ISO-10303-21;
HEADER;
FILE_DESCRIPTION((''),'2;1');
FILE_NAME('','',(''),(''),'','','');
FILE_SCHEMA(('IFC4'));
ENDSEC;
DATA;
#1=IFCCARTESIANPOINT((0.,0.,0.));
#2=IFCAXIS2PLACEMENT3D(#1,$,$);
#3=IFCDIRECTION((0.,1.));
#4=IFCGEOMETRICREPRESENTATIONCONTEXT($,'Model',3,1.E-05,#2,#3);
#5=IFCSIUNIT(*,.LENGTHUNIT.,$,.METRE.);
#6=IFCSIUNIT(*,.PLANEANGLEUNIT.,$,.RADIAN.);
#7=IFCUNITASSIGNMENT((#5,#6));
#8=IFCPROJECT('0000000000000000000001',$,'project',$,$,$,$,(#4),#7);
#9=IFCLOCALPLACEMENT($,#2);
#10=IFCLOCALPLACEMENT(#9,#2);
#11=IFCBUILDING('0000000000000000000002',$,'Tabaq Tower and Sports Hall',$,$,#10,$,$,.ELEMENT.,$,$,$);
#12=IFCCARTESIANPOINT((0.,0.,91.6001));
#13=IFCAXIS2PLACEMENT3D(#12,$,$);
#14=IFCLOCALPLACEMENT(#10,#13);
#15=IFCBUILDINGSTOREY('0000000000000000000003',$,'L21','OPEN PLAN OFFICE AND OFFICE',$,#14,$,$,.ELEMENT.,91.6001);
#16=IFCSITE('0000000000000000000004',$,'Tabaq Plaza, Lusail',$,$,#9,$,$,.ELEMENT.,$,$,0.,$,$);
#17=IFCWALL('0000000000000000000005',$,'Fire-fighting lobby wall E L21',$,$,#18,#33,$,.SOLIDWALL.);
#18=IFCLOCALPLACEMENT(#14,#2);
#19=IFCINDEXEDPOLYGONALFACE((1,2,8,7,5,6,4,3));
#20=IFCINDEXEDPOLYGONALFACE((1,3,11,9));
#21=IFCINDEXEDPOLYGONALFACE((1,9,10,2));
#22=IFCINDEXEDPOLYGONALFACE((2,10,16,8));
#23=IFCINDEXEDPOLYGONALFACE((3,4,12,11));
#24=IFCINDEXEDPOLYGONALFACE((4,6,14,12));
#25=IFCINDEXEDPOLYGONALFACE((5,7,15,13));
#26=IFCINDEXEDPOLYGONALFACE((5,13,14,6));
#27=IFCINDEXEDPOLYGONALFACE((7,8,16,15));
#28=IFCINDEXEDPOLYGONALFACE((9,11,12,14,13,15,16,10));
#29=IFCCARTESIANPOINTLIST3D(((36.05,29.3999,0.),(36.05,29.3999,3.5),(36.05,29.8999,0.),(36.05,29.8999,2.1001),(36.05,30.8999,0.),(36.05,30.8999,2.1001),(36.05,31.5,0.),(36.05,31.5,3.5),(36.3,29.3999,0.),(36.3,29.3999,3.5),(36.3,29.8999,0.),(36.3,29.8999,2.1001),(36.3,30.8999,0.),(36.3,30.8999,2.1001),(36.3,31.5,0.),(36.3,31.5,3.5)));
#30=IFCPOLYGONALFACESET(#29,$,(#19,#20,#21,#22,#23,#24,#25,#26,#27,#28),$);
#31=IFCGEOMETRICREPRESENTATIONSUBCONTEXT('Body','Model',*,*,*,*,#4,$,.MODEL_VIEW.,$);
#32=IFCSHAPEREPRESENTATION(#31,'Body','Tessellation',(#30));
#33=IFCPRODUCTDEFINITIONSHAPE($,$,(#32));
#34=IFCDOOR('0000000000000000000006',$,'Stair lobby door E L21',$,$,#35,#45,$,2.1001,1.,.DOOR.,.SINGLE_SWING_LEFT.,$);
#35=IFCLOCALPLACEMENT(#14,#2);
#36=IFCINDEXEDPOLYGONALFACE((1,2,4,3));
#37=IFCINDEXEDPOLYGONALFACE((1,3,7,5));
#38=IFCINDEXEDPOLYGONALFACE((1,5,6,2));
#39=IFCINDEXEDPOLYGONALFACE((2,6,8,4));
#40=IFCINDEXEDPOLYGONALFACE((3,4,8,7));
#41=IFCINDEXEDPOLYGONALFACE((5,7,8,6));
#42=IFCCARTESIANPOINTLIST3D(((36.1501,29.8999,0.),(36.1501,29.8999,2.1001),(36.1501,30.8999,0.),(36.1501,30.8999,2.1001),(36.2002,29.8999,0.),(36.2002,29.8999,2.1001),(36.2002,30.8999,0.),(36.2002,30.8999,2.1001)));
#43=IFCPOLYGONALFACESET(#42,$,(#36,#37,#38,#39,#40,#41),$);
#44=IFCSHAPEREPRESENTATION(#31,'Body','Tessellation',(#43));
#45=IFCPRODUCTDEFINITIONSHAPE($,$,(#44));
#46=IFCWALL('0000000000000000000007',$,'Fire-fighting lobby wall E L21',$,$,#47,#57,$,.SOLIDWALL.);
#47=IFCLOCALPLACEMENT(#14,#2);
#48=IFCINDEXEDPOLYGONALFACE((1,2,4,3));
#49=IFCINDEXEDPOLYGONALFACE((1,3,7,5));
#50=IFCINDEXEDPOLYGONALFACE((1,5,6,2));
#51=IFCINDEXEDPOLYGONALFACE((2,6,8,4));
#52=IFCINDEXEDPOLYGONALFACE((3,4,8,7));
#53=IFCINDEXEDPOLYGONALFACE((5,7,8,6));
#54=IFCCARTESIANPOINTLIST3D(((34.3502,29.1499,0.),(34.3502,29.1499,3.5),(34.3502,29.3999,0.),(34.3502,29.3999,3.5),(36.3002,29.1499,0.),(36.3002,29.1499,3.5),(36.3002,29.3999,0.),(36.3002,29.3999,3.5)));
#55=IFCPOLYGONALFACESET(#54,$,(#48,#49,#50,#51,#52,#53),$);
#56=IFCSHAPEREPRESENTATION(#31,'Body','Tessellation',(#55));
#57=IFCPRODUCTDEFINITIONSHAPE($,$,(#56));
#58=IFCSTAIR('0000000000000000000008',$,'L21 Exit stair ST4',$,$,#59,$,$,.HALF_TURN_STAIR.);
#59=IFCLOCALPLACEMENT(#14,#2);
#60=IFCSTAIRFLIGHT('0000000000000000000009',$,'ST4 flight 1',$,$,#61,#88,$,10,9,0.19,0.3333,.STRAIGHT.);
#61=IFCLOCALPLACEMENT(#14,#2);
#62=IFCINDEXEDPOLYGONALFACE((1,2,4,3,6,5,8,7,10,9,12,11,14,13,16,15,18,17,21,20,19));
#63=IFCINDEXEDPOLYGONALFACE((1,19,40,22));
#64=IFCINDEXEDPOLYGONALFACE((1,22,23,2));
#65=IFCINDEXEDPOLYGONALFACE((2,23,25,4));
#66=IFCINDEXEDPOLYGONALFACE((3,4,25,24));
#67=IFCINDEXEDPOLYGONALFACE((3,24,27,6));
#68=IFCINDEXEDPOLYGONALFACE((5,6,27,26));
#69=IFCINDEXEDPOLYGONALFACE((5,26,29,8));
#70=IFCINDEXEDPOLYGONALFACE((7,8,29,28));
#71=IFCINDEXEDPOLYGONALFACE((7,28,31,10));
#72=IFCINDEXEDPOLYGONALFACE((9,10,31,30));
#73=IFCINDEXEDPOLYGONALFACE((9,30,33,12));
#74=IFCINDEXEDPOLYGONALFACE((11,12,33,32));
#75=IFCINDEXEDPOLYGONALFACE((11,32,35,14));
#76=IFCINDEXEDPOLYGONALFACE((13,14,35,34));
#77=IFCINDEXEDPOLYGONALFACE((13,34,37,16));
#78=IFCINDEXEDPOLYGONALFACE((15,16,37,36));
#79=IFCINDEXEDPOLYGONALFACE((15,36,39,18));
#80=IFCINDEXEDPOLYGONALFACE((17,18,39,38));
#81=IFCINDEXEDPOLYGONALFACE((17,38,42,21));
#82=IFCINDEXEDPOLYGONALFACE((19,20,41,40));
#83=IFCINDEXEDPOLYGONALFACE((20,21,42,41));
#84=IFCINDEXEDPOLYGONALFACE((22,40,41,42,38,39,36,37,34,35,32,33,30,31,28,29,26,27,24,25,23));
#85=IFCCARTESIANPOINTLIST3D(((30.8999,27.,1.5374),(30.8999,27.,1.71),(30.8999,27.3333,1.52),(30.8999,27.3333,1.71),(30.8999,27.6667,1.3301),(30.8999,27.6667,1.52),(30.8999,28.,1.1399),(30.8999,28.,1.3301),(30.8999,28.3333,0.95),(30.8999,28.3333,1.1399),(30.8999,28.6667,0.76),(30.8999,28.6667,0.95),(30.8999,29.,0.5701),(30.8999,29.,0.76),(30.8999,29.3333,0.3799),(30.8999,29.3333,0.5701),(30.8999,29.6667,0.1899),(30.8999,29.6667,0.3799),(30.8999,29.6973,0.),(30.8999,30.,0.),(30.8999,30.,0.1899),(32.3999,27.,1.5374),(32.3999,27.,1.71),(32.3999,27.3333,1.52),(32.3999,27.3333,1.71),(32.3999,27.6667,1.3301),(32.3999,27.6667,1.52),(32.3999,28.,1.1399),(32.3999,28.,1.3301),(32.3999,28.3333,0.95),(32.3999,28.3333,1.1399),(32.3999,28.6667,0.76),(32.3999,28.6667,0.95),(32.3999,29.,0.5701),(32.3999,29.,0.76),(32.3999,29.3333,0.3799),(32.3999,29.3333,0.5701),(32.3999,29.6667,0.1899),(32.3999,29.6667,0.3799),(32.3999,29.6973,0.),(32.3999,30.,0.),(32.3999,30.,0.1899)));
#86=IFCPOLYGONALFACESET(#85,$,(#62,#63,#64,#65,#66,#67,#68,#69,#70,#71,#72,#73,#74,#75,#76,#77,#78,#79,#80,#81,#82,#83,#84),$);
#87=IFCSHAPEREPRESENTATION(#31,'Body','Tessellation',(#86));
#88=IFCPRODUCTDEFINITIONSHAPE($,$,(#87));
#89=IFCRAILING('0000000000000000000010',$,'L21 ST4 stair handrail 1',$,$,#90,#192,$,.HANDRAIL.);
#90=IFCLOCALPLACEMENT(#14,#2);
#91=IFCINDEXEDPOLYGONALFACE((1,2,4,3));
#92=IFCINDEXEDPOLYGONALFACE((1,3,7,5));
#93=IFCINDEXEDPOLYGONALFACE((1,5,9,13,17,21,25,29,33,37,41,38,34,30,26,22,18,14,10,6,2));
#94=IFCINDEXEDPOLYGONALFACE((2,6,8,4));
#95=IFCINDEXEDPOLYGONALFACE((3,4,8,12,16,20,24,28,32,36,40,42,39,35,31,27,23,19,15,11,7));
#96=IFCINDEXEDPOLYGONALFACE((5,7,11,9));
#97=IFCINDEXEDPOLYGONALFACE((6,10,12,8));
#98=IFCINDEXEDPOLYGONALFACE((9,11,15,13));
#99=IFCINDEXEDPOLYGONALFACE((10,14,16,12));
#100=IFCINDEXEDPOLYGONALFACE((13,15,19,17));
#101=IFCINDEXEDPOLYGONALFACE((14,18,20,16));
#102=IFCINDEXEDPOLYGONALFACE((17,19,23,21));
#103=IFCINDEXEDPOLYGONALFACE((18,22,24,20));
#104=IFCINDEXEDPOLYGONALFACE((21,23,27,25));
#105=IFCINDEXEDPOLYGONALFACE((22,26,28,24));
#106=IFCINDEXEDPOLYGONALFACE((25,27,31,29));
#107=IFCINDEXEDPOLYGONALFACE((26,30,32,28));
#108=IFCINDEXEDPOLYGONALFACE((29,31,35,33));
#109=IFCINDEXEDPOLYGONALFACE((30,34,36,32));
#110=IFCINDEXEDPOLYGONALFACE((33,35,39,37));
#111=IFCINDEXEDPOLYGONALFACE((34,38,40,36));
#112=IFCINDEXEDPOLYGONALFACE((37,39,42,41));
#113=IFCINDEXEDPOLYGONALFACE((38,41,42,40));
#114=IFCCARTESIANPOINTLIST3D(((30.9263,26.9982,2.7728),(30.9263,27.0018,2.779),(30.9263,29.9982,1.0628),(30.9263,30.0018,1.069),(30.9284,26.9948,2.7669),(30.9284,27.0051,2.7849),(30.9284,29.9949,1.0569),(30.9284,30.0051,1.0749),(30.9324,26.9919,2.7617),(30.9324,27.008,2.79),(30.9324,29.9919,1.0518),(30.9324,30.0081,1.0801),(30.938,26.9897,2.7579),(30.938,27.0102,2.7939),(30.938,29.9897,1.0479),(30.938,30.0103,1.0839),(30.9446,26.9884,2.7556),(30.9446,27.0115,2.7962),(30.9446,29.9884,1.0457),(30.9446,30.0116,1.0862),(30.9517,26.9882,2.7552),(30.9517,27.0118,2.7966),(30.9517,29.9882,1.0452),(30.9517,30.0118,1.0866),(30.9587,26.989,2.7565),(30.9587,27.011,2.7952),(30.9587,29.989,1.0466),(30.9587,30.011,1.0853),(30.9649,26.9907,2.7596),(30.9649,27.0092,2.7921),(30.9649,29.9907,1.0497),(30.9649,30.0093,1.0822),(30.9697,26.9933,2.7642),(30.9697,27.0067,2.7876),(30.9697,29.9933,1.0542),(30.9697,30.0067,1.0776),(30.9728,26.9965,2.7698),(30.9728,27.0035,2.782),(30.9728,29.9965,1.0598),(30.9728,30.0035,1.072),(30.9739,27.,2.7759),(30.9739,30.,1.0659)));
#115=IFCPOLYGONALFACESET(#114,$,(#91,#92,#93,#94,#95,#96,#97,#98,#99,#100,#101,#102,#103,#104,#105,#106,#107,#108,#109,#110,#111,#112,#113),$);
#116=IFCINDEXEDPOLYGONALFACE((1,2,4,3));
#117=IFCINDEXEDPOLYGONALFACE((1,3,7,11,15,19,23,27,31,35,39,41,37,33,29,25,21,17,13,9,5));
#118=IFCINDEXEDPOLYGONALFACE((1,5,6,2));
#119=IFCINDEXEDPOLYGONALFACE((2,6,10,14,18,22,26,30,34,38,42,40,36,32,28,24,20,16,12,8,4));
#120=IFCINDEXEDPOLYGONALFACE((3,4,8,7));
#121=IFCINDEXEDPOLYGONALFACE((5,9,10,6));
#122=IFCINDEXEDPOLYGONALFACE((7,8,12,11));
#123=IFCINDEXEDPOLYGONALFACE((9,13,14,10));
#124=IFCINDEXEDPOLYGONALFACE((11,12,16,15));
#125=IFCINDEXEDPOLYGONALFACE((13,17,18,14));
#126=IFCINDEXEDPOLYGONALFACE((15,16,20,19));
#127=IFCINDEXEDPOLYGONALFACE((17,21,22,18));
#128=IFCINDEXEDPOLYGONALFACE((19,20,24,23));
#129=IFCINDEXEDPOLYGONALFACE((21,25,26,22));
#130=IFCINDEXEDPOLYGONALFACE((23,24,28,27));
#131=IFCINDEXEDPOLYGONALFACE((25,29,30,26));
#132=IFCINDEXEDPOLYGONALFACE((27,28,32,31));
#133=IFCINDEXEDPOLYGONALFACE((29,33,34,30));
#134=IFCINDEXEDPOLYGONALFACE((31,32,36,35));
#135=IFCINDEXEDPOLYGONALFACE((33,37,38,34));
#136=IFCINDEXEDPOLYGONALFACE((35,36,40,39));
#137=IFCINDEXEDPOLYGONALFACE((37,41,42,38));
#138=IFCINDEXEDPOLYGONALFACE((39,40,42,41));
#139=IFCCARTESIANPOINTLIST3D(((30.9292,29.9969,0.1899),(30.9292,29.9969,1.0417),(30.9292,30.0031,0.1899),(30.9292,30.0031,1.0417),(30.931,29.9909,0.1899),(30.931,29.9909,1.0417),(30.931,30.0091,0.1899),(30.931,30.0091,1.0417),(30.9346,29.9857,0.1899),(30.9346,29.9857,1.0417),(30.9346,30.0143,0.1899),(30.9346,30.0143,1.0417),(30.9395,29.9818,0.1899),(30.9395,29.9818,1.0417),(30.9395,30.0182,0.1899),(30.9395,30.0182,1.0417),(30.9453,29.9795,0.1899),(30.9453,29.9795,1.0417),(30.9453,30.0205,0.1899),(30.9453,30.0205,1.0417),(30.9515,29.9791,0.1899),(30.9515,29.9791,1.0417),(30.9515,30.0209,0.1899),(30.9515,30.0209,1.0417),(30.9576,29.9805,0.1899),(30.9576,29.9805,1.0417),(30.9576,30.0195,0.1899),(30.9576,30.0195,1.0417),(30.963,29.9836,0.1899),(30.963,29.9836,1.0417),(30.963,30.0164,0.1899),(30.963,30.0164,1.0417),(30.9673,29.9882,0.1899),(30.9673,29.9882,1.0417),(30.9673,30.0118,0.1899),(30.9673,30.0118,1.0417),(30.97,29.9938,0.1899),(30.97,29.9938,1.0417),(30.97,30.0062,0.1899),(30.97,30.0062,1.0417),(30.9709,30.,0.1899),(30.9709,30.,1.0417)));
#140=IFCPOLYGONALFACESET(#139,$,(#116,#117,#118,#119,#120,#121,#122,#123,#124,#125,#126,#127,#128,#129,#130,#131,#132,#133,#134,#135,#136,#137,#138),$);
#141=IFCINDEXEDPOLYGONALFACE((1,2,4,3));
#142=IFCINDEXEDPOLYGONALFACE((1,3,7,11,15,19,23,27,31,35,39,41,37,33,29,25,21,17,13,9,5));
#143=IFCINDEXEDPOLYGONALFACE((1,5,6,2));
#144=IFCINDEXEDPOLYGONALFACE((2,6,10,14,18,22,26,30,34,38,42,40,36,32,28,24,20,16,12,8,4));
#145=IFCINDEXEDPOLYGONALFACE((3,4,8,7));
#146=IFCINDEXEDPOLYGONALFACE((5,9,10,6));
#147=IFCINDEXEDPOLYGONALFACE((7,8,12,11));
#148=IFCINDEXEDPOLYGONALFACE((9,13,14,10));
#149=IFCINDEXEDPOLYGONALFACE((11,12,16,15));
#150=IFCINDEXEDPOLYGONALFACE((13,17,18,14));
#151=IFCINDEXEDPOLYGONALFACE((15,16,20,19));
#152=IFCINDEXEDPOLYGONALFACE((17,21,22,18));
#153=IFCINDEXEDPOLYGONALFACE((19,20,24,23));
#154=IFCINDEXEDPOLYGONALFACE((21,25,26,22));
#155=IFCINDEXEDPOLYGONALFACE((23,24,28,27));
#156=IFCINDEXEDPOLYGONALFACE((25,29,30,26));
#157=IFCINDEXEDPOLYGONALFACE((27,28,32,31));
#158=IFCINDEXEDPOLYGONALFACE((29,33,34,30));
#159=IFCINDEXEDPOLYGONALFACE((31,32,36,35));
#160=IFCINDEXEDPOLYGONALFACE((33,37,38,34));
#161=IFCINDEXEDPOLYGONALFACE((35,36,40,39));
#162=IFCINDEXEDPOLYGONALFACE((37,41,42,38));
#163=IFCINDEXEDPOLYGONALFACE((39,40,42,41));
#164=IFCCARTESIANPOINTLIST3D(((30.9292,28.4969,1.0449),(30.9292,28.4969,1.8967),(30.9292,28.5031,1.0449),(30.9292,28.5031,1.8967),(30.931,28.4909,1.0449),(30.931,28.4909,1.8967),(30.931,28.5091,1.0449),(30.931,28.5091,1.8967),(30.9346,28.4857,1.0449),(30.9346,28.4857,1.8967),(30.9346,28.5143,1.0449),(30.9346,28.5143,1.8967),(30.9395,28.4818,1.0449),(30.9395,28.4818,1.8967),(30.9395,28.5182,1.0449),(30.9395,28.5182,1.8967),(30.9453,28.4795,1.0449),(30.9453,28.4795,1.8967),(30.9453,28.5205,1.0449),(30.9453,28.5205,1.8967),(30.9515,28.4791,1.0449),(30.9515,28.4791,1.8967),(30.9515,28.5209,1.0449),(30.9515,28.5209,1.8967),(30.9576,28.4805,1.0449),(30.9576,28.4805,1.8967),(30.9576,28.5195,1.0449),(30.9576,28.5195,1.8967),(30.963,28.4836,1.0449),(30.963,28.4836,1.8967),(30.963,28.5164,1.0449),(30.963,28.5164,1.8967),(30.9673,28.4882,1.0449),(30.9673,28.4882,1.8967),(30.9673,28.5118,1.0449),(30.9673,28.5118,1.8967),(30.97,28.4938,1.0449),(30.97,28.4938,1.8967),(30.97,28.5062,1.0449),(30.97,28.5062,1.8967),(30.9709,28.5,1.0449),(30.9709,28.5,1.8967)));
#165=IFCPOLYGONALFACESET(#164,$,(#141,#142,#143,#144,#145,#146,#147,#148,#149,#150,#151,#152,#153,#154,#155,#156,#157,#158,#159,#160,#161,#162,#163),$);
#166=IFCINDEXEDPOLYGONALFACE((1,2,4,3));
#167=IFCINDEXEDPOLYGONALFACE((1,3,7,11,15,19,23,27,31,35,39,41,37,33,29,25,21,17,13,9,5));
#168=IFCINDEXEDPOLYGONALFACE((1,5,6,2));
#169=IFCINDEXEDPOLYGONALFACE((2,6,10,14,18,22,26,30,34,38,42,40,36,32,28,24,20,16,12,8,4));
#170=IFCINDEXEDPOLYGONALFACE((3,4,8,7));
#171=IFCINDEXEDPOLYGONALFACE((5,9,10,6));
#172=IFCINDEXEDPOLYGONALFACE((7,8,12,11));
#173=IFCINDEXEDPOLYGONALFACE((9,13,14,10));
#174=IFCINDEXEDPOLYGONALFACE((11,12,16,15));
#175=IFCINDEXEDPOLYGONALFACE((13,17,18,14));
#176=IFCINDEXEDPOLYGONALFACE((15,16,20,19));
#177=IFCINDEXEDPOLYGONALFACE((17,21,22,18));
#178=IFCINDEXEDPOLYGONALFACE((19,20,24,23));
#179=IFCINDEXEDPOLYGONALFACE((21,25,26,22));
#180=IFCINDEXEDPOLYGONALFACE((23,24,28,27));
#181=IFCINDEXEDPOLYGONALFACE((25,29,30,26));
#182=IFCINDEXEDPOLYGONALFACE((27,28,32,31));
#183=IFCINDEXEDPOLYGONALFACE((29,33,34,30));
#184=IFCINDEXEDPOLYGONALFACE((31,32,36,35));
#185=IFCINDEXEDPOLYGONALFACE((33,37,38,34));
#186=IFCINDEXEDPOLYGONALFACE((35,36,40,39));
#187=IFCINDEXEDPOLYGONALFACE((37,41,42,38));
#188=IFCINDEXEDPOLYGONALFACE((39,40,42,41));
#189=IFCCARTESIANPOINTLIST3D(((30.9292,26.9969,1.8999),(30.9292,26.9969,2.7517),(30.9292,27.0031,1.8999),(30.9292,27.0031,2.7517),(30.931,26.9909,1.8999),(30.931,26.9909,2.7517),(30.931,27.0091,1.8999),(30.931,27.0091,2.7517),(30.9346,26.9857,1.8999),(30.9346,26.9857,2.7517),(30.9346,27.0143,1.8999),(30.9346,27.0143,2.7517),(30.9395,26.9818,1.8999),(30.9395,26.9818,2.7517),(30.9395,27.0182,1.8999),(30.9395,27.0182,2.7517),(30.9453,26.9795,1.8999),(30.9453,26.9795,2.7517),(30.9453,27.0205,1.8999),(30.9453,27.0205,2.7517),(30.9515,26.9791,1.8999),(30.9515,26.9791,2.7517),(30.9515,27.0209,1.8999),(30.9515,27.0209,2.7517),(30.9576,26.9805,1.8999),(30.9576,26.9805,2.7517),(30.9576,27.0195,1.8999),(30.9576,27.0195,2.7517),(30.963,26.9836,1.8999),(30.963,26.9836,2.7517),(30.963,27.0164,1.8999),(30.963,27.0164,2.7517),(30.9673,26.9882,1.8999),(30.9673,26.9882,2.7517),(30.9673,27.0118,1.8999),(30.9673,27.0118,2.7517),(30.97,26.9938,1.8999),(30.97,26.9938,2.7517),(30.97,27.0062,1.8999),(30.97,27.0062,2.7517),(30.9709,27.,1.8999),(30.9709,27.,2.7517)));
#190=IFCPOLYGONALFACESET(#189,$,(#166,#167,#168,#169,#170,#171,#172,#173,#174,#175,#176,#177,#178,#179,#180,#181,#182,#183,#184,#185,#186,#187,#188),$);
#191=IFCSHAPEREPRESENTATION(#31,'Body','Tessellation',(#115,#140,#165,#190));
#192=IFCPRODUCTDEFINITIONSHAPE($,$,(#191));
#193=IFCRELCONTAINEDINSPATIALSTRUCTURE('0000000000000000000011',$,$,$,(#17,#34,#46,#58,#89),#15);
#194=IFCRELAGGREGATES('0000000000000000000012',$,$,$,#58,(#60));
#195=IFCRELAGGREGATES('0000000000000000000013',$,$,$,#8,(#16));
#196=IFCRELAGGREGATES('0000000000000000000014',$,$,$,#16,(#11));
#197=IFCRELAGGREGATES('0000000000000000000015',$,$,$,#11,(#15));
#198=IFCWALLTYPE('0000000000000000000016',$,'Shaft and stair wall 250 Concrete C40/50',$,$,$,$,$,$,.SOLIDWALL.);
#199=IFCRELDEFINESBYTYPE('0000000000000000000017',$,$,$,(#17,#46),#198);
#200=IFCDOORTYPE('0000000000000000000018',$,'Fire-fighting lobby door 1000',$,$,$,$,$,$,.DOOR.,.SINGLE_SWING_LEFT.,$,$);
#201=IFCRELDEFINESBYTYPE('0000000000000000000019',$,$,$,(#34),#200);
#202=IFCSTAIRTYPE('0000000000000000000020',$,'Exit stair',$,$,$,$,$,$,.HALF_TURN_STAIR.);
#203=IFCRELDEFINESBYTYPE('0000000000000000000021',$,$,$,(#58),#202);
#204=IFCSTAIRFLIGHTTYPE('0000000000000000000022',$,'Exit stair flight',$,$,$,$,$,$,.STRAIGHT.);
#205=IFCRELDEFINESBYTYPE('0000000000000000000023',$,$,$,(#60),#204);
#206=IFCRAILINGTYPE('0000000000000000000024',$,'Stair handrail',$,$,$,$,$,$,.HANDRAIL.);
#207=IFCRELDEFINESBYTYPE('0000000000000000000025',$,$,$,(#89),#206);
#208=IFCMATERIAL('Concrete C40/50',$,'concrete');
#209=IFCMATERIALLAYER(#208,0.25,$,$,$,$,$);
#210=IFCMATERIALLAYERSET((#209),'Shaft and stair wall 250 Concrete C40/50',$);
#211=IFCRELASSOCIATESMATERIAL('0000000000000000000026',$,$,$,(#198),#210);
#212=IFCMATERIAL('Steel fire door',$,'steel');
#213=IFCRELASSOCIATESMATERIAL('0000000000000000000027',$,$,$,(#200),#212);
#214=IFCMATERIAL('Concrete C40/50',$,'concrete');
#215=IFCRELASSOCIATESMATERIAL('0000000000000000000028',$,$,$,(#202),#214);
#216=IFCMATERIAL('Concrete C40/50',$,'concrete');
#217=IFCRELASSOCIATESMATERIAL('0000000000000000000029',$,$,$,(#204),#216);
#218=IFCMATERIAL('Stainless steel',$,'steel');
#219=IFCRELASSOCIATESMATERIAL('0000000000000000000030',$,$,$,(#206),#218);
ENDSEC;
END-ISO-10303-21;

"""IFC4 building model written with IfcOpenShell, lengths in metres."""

from ifc_helpers import new_model, si_unit, direction, frame, frame_2d, origin, origin_2d, place, context, subcontext, project, spatial, polyline, rectangle, circle, outline, extrude, material, layer, layer_set, type_object, element, fill, aggregate, save


model = new_model("IFC4")

# Units and contexts
model_context = context("Model", 3, precision=1e-05, world=origin(), true_north=direction((0.0, 1.0)))
body_context = subcontext(model_context, "Body", "Model", "MODEL_VIEW")
ifc_project = project(units=[si_unit("LENGTHUNIT", "METRE"), si_unit("PLANEANGLEUNIT", "RADIAN")], contexts=[model_context])

# Site, building, storey
site_placement = place(None, origin())
site = spatial("IfcSite", under=ifc_project, at=site_placement, Name="Tabaq Plaza, Lusail", CompositionType="ELEMENT", RefElevation=0.0)
building_placement = place(site_placement, origin())
building = spatial("IfcBuilding", under=site, at=building_placement, Name="Tabaq Tower and Sports Hall", CompositionType="ELEMENT")
storey_placement = place(building_placement, frame((0.0, 0.0, 91.6001)))
storey = spatial("IfcBuildingStorey", under=building, at=storey_placement, Name="L21", Description="OPEN PLAN OFFICE AND OFFICE", CompositionType="ELEMENT", Elevation=91.6001)

# Wall, opening, door
ifc_material_1 = material(Name="Concrete C40/50", Category="concrete")
ifc_layer_1 = layer(ifc_material_1, 0.25)
ifc_layer_set_1 = layer_set([ifc_layer_1], Name="Shaft and stair wall 250 Concrete C40/50")
wall_type_1 = type_object("IfcWallType", Name="Shaft and stair wall 250 Concrete C40/50", PredefinedType="SOLIDWALL", material=ifc_layer_set_1)
wall_1_placement = place(storey_placement, frame((36.175, 29.3999, 0.0), z_axis=(0.0, 0.0, 1.0), x_axis=(0.0, 1.0, 0.0)))
wall_1 = element("IfcWall", 1, at=wall_1_placement, inside=storey, type_object=wall_type_1, Name="Fire-fighting lobby wall E L21", PredefinedType="SOLIDWALL", context=body_context, shape_type="SweptSolid", body=[
    extrude(rectangle(XDim=2.1001, YDim=0.25, at=frame_2d((1.05, 0.0))), origin(), (0.0, 0.0, 1.0), 3.5),
])
opening_1_placement = place(wall_1_placement, frame((0.5, 0.0, 0.0)))
opening_1 = element("IfcOpeningElement", 2, at=opening_1_placement, cuts=wall_1, PredefinedType="OPENING", context=body_context, shape_type="SweptSolid", body=[
    extrude(rectangle(XDim=1.0, YDim=2.1001, at=frame_2d((0.5, 1.05))), frame((0.0, 0.125, 0.0), z_axis=(0.0, -1.0, 0.0), x_axis=(1.0, 0.0, 0.0)), (0.0, 0.0, 1.0), 0.25),
])
ifc_material_2 = material(Name="Steel fire door", Category="steel")
door_type_1 = type_object("IfcDoorType", Name="Fire-fighting lobby door 1000", OperationType="SINGLE_SWING_LEFT", PredefinedType="DOOR", material=ifc_material_2)
door_1_placement = place(opening_1_placement, origin())
door_1 = element("IfcDoor", 3, at=door_1_placement, inside=storey, type_object=door_type_1, Name="Stair lobby door E L21", OperationType="SINGLE_SWING_LEFT", OverallHeight=2.1001, OverallWidth=1.0, PredefinedType="DOOR", context=body_context, shape_type="SweptSolid", body=[
    extrude(rectangle(XDim=1.0, YDim=2.1001, at=frame_2d((0.5, 1.05))), frame((0.0, 0.0249, 0.0), z_axis=(0.0, -1.0, 0.0), x_axis=(1.0, 0.0, 0.0)), (0.0, 0.0, 1.0), 0.05),
])
fill(opening_1, door_1)

# Wall
wall_2_placement = place(storey_placement, frame((34.3501, 29.2749, 0.0), z_axis=(0.0, 0.0, 1.0), x_axis=(1.0, 0.0, 0.0)))
element("IfcWall", 4, at=wall_2_placement, inside=storey, type_object=wall_type_1, Name="Fire-fighting lobby wall E L21", PredefinedType="SOLIDWALL", context=body_context, shape_type="SweptSolid", body=[
    extrude(rectangle(XDim=1.95, YDim=0.25, at=frame_2d((0.9751, 0.0))), origin(), (0.0, 0.0, 1.0), 3.5),
])

# Stair, stair flight
ifc_material_3 = material(Name="Concrete C40/50", Category="concrete")
stair_type = type_object("IfcStairType", Name="Exit stair", PredefinedType="HALF_TURN_STAIR", material=ifc_material_3)
stair_placement = place(storey_placement, origin())
stair = element("IfcStair", 5, at=stair_placement, inside=storey, type_object=stair_type, Name="L21 Exit stair ST4", PredefinedType="HALF_TURN_STAIR")
ifc_material_4 = material(Name="Concrete C40/50", Category="concrete")
stair_flight_type = type_object("IfcStairFlightType", Name="Exit stair flight", PredefinedType="STRAIGHT", material=ifc_material_4)
stair_flight_placement = place(storey_placement, frame((31.6499, 30.0, 0.0), z_axis=(0.0, 0.0, 1.0), x_axis=(0.0, -1.0, 0.0)))
stair_flight = element("IfcStairFlight", 6, at=stair_flight_placement, type_object=stair_flight_type, Name="ST4 flight 1", NumberOfRisers=10, NumberOfTreads=9, PredefinedType="STRAIGHT", RiserHeight=0.19, TreadLength=0.3333, context=body_context, shape_type="SweptSolid", body=[
    extrude(outline(polyline([(0.0, 0.0), (0.0, 0.1899), (0.3333, 0.1899), (0.3333, 0.3799), (0.6667, 0.3799), (0.6667, 0.5701), (1.0, 0.5701), (1.0, 0.76), (1.3333, 0.76), (1.3333, 0.95), (1.6667, 0.95), (1.6667, 1.1399), (2.0, 1.1399), (2.0, 1.3301), (2.3333, 1.3301), (2.3333, 1.52), (2.6667, 1.52), (2.6667, 1.71), (3.0, 1.71), (3.0, 1.8999), (3.0, 1.5374), (0.3027, 0.0), (0.0, 0.0)])), frame((0.0, 0.75, 0.0), z_axis=(0.0, -1.0, 0.0), x_axis=(1.0, 0.0, 0.0)), (0.0, 0.0, 1.0), 1.5),
])
aggregate(stair, [stair_flight])

# Railing
ifc_material_5 = material(Name="Stainless steel", Category="steel")
railing_type_1 = type_object("IfcRailingType", Name="Stair handrail", PredefinedType="HANDRAIL", material=ifc_material_5)
railing_1_placement = place(storey_placement, frame((30.95, 30.0, 0.1899)))
element("IfcRailing", 7, at=railing_1_placement, inside=storey, type_object=railing_type_1, Name="L21 ST4 stair handrail 1", PredefinedType="HANDRAIL", context=body_context, shape_type="SweptSolid", body=[
    extrude(circle(Radius=0.0239, at=origin_2d()), frame((0.0, 0.0, 0.876), z_axis=(0.0, -0.868782, 0.495195), x_axis=(1.0, 0.0, 0.0)), (0.0, 0.0, 1.0), 3.4531),
    extrude(circle(Radius=0.021, at=origin_2d()), origin(), (0.0, 0.0, 1.0), 0.8518),
    extrude(circle(Radius=0.021, at=origin_2d()), frame((0.0, -1.5, 0.855)), (0.0, 0.0, 1.0), 0.8518),
    extrude(circle(Radius=0.021, at=origin_2d()), frame((0.0, -3.0, 1.71)), (0.0, 0.0, 1.0), 0.8518),
])

save(model, "model.ifc")
